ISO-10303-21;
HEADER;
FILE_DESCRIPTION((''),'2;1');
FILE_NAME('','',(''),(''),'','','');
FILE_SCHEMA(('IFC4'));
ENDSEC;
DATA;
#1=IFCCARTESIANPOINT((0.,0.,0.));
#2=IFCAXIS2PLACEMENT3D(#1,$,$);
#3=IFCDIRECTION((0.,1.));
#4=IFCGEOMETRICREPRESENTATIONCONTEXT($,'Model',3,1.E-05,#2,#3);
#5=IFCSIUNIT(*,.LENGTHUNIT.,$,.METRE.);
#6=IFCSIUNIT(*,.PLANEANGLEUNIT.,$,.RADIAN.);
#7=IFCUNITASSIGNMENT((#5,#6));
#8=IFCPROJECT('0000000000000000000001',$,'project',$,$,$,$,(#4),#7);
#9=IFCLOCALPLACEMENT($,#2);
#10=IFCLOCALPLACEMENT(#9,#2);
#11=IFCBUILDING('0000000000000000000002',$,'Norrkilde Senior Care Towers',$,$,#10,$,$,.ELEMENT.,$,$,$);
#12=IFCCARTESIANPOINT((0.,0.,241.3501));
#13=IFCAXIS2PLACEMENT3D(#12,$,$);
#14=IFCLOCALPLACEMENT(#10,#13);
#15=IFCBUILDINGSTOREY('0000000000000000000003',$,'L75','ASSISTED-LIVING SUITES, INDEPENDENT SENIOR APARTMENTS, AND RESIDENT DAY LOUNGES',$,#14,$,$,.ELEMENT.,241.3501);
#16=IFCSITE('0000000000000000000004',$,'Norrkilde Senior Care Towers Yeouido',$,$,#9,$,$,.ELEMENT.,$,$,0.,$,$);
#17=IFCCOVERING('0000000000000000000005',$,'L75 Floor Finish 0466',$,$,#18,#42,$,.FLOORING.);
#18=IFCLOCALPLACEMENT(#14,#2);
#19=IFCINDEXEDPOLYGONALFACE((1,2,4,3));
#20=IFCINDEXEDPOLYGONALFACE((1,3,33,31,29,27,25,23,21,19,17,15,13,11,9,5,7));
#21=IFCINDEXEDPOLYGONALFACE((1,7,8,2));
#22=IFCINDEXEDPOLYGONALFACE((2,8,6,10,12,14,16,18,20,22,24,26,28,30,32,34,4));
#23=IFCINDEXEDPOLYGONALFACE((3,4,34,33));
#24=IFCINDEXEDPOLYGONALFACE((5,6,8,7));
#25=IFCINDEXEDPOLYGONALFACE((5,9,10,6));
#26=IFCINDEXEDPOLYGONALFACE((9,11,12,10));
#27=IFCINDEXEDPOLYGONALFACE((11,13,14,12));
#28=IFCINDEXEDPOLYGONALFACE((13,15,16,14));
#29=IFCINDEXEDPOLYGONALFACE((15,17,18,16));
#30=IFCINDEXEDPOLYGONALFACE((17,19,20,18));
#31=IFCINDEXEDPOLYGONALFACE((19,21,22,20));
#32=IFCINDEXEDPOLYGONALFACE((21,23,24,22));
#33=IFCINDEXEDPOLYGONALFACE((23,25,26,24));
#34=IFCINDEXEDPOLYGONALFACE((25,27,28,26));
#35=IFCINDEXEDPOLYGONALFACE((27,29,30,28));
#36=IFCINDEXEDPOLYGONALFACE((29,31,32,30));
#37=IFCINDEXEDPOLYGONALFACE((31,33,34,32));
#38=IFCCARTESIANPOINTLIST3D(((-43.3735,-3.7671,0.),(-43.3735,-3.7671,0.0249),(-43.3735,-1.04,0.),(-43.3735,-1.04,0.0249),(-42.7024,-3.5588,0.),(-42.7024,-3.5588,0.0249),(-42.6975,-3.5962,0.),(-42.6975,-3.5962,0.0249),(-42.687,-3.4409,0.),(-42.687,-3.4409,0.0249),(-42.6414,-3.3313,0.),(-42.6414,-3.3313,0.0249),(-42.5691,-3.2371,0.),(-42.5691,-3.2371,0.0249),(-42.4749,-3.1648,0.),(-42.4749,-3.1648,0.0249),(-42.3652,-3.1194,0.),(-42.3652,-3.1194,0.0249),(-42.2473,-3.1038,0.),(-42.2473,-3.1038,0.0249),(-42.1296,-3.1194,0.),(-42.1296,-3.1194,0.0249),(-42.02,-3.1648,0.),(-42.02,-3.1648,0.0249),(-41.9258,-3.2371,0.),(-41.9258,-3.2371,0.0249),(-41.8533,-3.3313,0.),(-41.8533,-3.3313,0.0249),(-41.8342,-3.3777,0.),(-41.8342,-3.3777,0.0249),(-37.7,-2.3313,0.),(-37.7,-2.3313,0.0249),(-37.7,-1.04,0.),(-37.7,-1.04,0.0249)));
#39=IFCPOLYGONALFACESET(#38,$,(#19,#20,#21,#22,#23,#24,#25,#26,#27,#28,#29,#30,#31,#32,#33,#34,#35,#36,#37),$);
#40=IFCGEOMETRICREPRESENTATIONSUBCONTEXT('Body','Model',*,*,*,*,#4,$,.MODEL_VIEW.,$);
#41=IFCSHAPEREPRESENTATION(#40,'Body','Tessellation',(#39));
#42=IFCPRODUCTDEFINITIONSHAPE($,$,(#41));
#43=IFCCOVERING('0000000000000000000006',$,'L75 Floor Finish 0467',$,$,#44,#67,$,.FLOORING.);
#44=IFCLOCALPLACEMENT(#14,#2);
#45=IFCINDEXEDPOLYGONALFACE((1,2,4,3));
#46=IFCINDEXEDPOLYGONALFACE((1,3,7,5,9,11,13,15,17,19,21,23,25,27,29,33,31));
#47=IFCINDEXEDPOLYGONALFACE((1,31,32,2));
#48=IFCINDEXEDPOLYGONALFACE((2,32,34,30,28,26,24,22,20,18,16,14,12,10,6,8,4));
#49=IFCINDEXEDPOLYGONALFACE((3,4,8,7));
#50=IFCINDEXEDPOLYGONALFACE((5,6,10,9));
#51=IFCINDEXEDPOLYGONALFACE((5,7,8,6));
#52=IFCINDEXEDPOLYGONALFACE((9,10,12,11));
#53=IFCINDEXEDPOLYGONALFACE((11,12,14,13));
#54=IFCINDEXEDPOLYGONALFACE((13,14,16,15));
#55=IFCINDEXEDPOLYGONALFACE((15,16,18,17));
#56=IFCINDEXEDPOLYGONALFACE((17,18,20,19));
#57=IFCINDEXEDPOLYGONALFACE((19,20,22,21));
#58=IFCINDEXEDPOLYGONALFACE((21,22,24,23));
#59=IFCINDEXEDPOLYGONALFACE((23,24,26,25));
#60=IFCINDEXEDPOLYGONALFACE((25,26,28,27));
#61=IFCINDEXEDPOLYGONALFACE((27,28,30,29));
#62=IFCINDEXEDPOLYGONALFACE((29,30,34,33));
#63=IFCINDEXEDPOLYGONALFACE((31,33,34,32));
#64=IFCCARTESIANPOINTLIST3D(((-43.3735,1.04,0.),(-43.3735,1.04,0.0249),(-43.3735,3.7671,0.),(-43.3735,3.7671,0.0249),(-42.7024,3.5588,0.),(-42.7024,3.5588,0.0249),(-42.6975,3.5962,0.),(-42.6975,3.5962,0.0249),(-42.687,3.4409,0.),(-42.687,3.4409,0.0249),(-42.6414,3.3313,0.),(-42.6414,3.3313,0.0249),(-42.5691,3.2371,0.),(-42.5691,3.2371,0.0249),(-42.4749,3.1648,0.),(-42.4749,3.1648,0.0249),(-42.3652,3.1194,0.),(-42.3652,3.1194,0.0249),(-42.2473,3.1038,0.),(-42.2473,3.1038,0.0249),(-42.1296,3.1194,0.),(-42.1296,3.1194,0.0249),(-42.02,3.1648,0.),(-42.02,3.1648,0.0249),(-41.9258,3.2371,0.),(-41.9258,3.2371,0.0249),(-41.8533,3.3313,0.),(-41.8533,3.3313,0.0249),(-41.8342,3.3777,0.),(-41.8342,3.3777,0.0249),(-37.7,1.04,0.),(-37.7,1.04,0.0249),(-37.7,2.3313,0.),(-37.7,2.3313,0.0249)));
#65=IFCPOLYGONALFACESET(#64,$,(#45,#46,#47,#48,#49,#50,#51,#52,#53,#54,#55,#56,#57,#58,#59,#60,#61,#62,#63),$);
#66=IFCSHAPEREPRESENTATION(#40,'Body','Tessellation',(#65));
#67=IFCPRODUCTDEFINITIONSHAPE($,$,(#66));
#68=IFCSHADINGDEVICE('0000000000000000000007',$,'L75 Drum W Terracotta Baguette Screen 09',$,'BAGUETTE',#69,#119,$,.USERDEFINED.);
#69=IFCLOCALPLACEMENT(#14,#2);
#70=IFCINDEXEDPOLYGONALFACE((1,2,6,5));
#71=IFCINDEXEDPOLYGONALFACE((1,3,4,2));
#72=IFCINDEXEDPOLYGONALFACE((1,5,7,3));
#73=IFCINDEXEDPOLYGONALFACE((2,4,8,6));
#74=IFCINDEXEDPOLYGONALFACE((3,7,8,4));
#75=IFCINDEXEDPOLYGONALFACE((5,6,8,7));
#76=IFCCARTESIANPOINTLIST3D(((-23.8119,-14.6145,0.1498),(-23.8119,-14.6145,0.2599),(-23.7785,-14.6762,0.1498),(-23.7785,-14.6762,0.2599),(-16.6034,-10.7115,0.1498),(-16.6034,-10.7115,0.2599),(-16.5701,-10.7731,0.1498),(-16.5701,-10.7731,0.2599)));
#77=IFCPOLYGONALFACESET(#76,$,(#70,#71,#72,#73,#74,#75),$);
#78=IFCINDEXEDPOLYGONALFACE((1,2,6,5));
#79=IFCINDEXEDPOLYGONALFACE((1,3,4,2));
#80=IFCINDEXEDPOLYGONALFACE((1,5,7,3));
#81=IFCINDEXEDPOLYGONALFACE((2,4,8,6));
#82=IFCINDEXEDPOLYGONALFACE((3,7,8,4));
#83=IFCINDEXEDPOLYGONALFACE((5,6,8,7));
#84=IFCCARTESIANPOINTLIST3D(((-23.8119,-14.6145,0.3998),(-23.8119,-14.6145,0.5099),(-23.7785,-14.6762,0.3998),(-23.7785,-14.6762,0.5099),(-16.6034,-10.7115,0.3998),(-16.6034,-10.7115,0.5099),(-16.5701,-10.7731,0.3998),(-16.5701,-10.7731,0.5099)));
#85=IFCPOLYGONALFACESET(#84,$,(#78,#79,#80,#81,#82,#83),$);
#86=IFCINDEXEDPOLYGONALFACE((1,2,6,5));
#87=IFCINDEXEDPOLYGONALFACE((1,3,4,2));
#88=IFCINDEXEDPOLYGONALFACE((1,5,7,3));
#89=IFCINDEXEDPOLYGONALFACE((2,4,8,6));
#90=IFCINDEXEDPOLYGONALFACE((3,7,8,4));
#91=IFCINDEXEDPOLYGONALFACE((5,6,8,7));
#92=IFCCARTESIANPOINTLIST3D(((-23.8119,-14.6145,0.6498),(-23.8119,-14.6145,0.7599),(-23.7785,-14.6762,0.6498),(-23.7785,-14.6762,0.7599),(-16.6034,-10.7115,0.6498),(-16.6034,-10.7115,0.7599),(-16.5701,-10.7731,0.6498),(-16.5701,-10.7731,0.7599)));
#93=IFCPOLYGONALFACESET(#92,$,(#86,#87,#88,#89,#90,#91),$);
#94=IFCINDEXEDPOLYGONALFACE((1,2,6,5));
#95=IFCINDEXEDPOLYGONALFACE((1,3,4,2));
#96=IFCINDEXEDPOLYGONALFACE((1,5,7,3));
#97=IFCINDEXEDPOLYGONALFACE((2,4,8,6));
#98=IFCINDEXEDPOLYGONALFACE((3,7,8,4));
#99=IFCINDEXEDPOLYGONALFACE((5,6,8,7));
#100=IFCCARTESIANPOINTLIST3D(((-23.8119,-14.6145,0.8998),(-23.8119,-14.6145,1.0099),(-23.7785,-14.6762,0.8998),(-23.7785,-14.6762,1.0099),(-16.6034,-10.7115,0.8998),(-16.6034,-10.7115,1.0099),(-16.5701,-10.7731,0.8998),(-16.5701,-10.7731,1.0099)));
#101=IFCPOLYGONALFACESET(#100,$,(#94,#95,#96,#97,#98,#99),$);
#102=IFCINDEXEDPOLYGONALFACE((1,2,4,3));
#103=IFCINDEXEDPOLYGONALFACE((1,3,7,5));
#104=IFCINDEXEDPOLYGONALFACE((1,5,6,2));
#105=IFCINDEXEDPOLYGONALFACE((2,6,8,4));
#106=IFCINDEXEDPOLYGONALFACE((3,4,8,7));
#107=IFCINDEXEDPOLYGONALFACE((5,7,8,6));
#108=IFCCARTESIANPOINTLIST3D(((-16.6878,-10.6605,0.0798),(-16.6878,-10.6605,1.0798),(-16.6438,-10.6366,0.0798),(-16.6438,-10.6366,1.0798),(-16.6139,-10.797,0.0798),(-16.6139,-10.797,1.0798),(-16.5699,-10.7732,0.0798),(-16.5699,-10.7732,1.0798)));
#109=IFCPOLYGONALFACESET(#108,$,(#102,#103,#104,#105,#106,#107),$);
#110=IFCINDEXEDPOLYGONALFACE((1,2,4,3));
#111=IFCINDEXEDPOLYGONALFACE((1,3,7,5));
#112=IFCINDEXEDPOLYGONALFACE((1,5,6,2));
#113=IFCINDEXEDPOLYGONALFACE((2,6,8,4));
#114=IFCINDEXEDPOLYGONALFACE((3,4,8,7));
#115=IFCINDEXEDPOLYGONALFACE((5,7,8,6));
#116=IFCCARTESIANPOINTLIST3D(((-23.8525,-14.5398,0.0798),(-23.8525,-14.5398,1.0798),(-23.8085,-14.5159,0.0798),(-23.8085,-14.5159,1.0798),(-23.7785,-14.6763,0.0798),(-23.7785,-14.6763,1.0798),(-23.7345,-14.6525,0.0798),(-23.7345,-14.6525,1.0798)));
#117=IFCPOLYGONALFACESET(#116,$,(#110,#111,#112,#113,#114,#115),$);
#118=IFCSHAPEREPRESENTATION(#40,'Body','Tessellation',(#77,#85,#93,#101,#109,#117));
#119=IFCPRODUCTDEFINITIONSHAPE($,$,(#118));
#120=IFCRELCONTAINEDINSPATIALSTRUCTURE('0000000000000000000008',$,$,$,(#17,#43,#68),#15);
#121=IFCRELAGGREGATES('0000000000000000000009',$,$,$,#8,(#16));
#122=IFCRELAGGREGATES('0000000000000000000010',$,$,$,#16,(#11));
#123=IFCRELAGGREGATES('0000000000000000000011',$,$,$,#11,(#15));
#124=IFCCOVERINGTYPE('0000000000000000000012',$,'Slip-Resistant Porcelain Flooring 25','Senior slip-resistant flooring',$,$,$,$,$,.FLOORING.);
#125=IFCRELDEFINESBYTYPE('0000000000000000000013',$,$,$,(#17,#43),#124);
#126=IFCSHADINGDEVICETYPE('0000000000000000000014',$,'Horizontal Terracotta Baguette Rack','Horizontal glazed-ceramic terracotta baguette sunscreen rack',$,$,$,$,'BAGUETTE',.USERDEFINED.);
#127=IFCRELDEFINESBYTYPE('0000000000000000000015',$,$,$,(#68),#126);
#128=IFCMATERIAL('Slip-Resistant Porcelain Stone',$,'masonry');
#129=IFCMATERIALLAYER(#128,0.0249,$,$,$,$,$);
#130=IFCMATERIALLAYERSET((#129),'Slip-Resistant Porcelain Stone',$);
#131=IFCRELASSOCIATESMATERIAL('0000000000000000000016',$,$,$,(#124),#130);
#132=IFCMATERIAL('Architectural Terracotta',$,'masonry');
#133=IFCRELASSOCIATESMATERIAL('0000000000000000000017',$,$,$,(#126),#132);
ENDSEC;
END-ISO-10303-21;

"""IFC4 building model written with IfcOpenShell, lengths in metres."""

from ifc_helpers import new_model, si_unit, direction, frame, origin, origin_2d, place, context, subcontext, project, spatial, polyline, rectangle, outline, extrude, source, transform, mapped, material, layer, layer_set, type_object, type_shapes, element, save


model = new_model("IFC4")

# Units and contexts
model_context = context("Model", 3, precision=1e-05, world=origin(), true_north=direction((0.0, 1.0)))
body_context = subcontext(model_context, "Body", "Model", "MODEL_VIEW")
ifc_project = project(units=[si_unit("LENGTHUNIT", "METRE"), si_unit("PLANEANGLEUNIT", "RADIAN")], contexts=[model_context])

# Site, building, storey
site_placement = place(None, origin())
site = spatial("IfcSite", under=ifc_project, at=site_placement, Name="Norrkilde Senior Care Towers Yeouido", CompositionType="ELEMENT", RefElevation=0.0)
building_placement = place(site_placement, origin())
building = spatial("IfcBuilding", under=site, at=building_placement, Name="Norrkilde Senior Care Towers", CompositionType="ELEMENT")
storey_placement = place(building_placement, frame((0.0, 0.0, 241.3501)))
storey = spatial("IfcBuildingStorey", under=building, at=storey_placement, Name="L75", Description="ASSISTED-LIVING SUITES, INDEPENDENT SENIOR APARTMENTS, AND RESIDENT DAY LOUNGES", CompositionType="ELEMENT", Elevation=241.3501)

# Coverings
ifc_material_1 = material(Name="Slip-Resistant Porcelain Stone", Category="masonry")
ifc_layer_1 = layer(ifc_material_1, 0.0249)
ifc_layer_set_1 = layer_set([ifc_layer_1], Name="Slip-Resistant Porcelain Stone")
covering_type_1 = type_object("IfcCoveringType", Name="Slip-Resistant Porcelain Flooring 25", Description="Senior slip-resistant flooring", PredefinedType="FLOORING", material=ifc_layer_set_1)
covering_1_placement = place(storey_placement, origin())
element("IfcCovering", 1, at=covering_1_placement, inside=storey, type_object=covering_type_1, Name="L75 Floor Finish 0466", PredefinedType="FLOORING", context=body_context, shape_type="SweptSolid", body=[
    extrude(outline(polyline([(-37.7, -1.04), (-37.7, -2.3313), (-41.8342, -3.3777), (-41.8533, -3.3313), (-41.9258, -3.2371), (-42.02, -3.1648), (-42.1296, -3.1194), (-42.2473, -3.1038), (-42.3652, -3.1194), (-42.4749, -3.1648), (-42.5691, -3.2371), (-42.6414, -3.3313), (-42.687, -3.4409), (-42.7024, -3.5588), (-42.6975, -3.5962), (-43.3735, -3.7671), (-43.3735, -1.04), (-37.7, -1.04)])), origin(), (0.0, 0.0, 1.0), 0.0249),
])
covering_2_placement = place(storey_placement, origin())
element("IfcCovering", 2, at=covering_2_placement, inside=storey, type_object=covering_type_1, Name="L75 Floor Finish 0467", PredefinedType="FLOORING", context=body_context, shape_type="SweptSolid", body=[
    extrude(outline(polyline([(-37.7, 1.04), (-43.3735, 1.04), (-43.3735, 3.7671), (-42.6975, 3.5962), (-42.7024, 3.5588), (-42.687, 3.4409), (-42.6414, 3.3313), (-42.5691, 3.2371), (-42.4749, 3.1648), (-42.3652, 3.1194), (-42.2473, 3.1038), (-42.1296, 3.1194), (-42.02, 3.1648), (-41.9258, 3.2371), (-41.8533, 3.3313), (-41.8342, 3.3777), (-37.7, 2.3313), (-37.7, 1.04)])), origin(), (0.0, 0.0, 1.0), 0.0249),
])

# Shading device
ifc_material_2 = material(Name="Architectural Terracotta", Category="masonry")
shading_device_type = type_object("IfcShadingDeviceType", Name="Horizontal Terracotta Baguette Rack", Description="Horizontal glazed-ceramic terracotta baguette sunscreen rack", ElementType="BAGUETTE", PredefinedType="USERDEFINED", material=ifc_material_2)
shared_shape_1 = source(origin(), body_context, "Body", "SweptSolid", [
    extrude(rectangle(XDim=0.0701, YDim=0.1101, at=origin_2d()), frame((0.0, 0.0901, 0.125), z_axis=(1.0, 0.0, 0.0), x_axis=(0.0, 1.0, 0.0)), (0.0, 0.0, 1.0), 8.1973),
    extrude(rectangle(XDim=0.0701, YDim=0.1101, at=origin_2d()), frame((0.0, 0.0901, 0.375), z_axis=(1.0, 0.0, 0.0), x_axis=(0.0, 1.0, 0.0)), (0.0, 0.0, 1.0), 8.1973),
    extrude(rectangle(XDim=0.0701, YDim=0.1101, at=origin_2d()), frame((0.0, 0.0901, 0.625), z_axis=(1.0, 0.0, 0.0), x_axis=(0.0, 1.0, 0.0)), (0.0, 0.0, 1.0), 8.1973),
    extrude(rectangle(XDim=0.0701, YDim=0.1101, at=origin_2d()), frame((0.0, 0.0901, 0.875), z_axis=(1.0, 0.0, 0.0), x_axis=(0.0, 1.0, 0.0)), (0.0, 0.0, 1.0), 8.1973),
    extrude(rectangle(XDim=0.05, YDim=0.1553, at=origin_2d()), frame((0.0249, 0.0476, 0.0)), (0.0, 0.0, 1.0), 1.0),
    extrude(rectangle(XDim=0.05, YDim=0.1553, at=origin_2d()), frame((8.1724, 0.0476, 0.0)), (0.0, 0.0, 1.0), 1.0),
])
type_shapes(shading_device_type, [shared_shape_1])
shading_device_placement = place(storey_placement, frame((-16.6296, -10.6631, 0.0798), z_axis=(0.0, 0.0, 1.0), x_axis=(-0.879378, -0.476144, 0.0)))
element("IfcShadingDevice", 3, at=shading_device_placement, inside=storey, type_object=shading_device_type, Name="L75 Drum W Terracotta Baguette Screen 09", ObjectType="BAGUETTE", PredefinedType="USERDEFINED", context=body_context, shape_type="MappedRepresentation", body=[
    mapped(shared_shape_1, transform((0.0, 0.0, 0.0), x_axis=(1.0, 0.0, 0.0), y_axis=(0.0, 1.0, 0.0), z_axis=(0.0, 0.0, 1.0), scale=1.0)),
])

save(model, "model.ifc")
